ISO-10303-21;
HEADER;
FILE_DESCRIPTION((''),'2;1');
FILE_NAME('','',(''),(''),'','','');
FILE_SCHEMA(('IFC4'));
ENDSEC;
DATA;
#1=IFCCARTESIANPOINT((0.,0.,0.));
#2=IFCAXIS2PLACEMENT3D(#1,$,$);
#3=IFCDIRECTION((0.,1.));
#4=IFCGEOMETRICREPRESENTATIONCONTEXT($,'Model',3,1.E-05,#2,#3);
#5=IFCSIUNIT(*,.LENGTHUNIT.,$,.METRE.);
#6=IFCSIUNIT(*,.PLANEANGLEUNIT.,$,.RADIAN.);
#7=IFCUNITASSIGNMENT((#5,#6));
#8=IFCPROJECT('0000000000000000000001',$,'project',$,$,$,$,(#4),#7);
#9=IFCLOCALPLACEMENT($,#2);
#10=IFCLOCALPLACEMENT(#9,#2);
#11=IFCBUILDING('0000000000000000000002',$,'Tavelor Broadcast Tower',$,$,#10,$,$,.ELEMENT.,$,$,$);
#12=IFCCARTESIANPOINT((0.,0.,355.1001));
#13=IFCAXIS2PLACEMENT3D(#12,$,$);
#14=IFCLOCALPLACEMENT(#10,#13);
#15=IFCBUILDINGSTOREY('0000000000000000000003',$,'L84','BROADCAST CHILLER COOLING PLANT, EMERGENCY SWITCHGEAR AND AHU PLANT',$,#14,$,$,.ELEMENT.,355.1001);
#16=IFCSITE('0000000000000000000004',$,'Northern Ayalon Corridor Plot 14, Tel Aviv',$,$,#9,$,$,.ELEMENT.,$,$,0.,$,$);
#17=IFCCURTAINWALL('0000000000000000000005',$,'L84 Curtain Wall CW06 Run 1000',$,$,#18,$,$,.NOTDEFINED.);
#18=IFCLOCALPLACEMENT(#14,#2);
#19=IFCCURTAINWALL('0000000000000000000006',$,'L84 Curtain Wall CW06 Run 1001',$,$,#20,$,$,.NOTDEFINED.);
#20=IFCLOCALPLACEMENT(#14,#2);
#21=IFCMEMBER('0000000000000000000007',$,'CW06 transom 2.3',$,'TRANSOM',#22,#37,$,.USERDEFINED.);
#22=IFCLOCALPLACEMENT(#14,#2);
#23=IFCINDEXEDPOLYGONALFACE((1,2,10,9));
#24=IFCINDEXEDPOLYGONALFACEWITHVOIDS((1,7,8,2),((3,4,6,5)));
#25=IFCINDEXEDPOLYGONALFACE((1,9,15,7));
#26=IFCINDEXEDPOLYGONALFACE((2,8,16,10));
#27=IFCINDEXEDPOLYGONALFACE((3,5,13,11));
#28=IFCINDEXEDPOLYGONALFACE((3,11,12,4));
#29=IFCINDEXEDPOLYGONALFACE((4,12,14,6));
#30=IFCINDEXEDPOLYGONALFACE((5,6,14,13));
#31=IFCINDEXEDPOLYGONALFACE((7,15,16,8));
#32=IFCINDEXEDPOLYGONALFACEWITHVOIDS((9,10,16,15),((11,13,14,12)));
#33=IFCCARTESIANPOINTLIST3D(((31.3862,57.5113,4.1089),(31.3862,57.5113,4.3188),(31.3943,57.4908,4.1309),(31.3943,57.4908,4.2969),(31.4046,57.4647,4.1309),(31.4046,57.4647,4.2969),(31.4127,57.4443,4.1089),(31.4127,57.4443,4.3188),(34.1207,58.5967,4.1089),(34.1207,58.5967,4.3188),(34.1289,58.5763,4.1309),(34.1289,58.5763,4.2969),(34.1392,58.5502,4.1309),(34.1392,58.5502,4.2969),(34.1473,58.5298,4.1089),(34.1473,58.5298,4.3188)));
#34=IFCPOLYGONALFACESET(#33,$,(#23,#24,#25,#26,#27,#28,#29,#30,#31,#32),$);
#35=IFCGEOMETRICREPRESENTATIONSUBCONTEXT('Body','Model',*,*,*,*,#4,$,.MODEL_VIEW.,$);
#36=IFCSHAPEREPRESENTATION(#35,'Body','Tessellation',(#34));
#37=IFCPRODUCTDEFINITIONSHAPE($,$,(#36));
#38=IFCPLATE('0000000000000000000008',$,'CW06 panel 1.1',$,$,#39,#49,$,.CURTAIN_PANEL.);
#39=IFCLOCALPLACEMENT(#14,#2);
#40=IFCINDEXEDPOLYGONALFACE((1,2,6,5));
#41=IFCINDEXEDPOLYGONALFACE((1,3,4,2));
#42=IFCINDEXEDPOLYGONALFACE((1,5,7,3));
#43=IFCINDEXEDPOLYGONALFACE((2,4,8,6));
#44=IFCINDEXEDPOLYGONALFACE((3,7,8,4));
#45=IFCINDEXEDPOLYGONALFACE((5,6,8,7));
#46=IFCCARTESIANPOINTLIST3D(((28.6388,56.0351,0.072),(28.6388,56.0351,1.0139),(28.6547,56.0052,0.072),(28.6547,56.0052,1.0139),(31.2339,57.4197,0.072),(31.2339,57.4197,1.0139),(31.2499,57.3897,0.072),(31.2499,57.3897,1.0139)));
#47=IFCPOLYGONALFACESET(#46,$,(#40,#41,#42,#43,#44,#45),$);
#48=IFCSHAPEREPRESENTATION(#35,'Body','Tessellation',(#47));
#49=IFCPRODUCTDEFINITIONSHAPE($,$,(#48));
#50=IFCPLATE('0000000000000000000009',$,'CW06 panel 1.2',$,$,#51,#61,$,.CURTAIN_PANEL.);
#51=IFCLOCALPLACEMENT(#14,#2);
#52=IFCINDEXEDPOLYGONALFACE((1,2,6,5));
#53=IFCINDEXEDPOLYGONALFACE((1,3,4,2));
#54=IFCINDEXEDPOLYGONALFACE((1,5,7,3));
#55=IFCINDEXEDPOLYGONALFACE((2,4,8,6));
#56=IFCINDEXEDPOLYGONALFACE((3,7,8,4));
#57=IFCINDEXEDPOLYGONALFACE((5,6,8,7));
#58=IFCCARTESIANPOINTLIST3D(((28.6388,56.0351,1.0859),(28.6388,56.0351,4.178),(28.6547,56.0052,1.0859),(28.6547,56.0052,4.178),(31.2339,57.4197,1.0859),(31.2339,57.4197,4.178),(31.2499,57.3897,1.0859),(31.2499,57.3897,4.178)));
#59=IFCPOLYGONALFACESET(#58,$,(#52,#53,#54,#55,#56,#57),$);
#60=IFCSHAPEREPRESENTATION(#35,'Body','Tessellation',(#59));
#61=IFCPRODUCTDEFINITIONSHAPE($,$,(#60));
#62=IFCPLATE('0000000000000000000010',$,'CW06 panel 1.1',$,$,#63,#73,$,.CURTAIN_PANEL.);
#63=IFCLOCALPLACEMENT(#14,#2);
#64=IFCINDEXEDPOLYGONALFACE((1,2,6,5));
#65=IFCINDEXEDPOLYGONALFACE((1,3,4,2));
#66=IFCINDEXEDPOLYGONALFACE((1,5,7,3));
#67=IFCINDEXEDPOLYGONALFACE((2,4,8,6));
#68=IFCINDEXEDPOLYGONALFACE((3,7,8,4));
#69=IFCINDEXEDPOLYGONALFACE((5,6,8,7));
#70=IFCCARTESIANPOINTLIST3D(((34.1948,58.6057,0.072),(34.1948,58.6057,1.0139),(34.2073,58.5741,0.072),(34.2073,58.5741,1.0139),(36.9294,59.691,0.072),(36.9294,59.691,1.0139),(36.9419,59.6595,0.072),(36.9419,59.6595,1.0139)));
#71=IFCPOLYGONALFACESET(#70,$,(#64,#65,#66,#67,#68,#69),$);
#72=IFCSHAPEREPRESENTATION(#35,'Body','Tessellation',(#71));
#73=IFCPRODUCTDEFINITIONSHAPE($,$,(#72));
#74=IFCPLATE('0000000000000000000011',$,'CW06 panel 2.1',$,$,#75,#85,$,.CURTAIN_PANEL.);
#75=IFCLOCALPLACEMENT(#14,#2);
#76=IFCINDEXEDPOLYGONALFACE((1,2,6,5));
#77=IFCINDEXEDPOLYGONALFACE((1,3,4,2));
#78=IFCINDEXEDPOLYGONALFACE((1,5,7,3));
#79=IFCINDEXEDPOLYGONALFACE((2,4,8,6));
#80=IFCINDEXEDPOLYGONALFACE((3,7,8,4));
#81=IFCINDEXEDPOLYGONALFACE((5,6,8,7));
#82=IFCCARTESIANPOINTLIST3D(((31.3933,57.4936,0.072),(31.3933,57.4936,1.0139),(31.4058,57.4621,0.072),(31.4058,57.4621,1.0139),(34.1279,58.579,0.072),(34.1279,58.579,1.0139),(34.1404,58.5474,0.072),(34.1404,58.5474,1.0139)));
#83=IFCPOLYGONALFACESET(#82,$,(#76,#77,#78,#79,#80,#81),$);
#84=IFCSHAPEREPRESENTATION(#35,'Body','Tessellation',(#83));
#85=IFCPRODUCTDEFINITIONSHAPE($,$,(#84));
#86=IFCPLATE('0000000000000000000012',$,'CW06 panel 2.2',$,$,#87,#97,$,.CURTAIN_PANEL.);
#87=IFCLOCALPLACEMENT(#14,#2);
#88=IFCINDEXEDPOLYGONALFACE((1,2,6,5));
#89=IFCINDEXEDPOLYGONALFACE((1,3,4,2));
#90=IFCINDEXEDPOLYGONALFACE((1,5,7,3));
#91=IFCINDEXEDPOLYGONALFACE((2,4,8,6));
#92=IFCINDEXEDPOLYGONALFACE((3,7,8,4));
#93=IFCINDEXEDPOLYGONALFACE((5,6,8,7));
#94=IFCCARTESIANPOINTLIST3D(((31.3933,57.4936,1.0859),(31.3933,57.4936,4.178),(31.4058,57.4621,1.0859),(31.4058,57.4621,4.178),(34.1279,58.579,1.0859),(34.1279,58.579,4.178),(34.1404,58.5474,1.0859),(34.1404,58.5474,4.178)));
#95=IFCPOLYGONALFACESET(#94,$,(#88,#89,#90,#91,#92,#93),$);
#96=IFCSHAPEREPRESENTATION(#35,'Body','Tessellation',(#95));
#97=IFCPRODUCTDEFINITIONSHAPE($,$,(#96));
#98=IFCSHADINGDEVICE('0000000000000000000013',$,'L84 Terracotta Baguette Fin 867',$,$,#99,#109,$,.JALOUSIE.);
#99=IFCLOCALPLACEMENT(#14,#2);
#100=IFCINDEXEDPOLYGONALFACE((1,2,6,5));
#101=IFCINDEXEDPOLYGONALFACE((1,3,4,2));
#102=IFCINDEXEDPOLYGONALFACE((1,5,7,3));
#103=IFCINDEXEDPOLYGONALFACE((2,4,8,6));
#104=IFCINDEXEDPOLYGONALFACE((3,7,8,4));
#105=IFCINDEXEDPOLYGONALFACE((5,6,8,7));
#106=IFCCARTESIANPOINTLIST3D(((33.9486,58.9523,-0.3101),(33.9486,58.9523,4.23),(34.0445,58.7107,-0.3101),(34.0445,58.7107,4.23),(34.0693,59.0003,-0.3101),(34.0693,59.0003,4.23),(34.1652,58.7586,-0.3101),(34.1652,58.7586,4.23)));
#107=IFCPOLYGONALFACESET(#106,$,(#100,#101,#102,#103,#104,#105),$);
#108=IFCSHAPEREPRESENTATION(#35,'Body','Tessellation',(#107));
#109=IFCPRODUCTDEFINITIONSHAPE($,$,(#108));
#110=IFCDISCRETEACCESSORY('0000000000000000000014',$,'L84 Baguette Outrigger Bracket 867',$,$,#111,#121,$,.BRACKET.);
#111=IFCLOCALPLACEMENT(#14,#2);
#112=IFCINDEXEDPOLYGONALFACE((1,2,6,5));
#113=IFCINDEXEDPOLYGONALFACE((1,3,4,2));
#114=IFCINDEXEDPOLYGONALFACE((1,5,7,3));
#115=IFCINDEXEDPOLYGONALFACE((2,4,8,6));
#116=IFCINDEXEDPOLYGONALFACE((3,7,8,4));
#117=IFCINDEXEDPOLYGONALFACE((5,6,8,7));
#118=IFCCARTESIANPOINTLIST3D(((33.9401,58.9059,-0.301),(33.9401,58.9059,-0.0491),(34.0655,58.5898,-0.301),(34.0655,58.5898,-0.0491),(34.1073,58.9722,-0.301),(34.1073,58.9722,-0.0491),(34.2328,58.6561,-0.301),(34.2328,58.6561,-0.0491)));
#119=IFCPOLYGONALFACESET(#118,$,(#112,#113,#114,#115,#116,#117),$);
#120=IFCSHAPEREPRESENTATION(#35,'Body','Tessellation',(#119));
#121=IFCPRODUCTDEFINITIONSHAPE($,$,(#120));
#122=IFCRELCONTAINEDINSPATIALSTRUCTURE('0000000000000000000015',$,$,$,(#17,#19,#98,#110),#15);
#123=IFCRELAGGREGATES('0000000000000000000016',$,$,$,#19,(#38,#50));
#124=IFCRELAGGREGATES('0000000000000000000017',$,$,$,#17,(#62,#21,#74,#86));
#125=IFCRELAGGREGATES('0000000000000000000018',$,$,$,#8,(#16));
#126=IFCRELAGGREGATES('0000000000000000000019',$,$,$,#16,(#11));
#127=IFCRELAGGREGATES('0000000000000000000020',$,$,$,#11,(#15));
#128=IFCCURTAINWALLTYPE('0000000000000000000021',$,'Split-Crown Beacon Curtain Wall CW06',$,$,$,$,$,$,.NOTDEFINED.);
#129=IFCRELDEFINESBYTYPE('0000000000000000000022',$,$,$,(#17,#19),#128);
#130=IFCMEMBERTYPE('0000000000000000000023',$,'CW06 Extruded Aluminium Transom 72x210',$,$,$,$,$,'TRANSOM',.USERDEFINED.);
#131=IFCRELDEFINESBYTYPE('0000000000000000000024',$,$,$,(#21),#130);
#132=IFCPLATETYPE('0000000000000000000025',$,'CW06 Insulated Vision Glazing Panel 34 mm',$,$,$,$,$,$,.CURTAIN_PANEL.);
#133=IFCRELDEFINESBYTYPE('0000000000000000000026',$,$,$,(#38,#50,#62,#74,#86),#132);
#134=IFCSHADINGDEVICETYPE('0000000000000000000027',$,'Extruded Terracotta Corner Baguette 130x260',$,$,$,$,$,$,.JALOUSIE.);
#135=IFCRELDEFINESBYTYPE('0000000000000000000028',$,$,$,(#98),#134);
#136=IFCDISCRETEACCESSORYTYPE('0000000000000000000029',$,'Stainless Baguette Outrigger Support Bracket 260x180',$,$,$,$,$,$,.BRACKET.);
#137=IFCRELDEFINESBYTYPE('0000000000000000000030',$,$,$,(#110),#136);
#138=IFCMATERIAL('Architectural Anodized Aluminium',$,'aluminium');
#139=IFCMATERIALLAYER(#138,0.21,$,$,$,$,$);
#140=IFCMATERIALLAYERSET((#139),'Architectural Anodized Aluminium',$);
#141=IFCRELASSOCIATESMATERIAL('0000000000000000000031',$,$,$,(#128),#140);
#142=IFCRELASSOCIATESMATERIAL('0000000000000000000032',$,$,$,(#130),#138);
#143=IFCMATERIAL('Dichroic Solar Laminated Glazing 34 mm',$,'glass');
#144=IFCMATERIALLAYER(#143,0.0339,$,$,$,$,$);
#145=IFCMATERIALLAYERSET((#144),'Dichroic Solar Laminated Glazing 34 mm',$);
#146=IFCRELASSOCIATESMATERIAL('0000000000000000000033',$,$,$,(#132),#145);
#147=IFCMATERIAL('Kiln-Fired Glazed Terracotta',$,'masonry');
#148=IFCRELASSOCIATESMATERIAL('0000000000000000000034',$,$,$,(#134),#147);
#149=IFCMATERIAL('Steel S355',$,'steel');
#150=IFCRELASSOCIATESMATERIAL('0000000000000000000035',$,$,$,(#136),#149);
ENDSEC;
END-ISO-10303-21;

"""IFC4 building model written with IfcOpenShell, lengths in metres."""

from ifc_helpers import new_model, si_unit, direction, frame, origin, origin_2d, place, context, subcontext, project, spatial, rectangle, hollow_rectangle, extrude, source, transform, mapped, material, layer, layer_set, material_profile, profile_set, type_object, type_shapes, element, aggregate, save


model = new_model("IFC4")

# Units and contexts
model_context = context("Model", 3, precision=1e-05, world=origin(), true_north=direction((0.0, 1.0)))
body_context = subcontext(model_context, "Body", "Model", "MODEL_VIEW")
ifc_project = project(units=[si_unit("LENGTHUNIT", "METRE"), si_unit("PLANEANGLEUNIT", "RADIAN")], contexts=[model_context])

# Site, building, storey
site_placement = place(None, origin())
site = spatial("IfcSite", under=ifc_project, at=site_placement, Name="Northern Ayalon Corridor Plot 14, Tel Aviv", CompositionType="ELEMENT", RefElevation=0.0)
building_placement = place(site_placement, origin())
building = spatial("IfcBuilding", under=site, at=building_placement, Name="Tavelor Broadcast Tower", CompositionType="ELEMENT")
storey_placement = place(building_placement, frame((0.0, 0.0, 355.1001)))
storey = spatial("IfcBuildingStorey", under=building, at=storey_placement, Name="L84", Description="BROADCAST CHILLER COOLING PLANT, EMERGENCY SWITCHGEAR AND AHU PLANT", CompositionType="ELEMENT", Elevation=355.1001)

# Curtain walls
ifc_material_1 = material(Name="Architectural Anodized Aluminium", Category="aluminium")
ifc_layer_1 = layer(ifc_material_1, 0.21)
ifc_layer_set_1 = layer_set([ifc_layer_1], Name="Architectural Anodized Aluminium")
curtain_wall_type = type_object("IfcCurtainWallType", Name="Split-Crown Beacon Curtain Wall CW06", PredefinedType="NOTDEFINED", material=ifc_layer_set_1)
curtain_wall_1_placement = place(storey_placement, origin())
curtain_wall_1 = element("IfcCurtainWall", 1, at=curtain_wall_1_placement, inside=storey, type_object=curtain_wall_type, Name="L84 Curtain Wall CW06 Run 1000", PredefinedType="NOTDEFINED")
curtain_wall_2_placement = place(storey_placement, origin())
curtain_wall_2 = element("IfcCurtainWall", 2, at=curtain_wall_2_placement, inside=storey, type_object=curtain_wall_type, Name="L84 Curtain Wall CW06 Run 1001", PredefinedType="NOTDEFINED")
ifc_material_profile_1 = material_profile(ifc_material_1, hollow_rectangle(XDim=0.072, YDim=0.21, WallThickness=0.022, at=origin_2d()), Name="RHS 72x210x22")
ifc_profile_set_1 = profile_set([ifc_material_profile_1], Name="Architectural Anodized Aluminium")
member_type_1 = type_object("IfcMemberType", Name="CW06 Extruded Aluminium Transom 72x210", ElementType="TRANSOM", PredefinedType="USERDEFINED", material=ifc_profile_set_1)

# Member
shared_shape_1 = source(origin(), body_context, "Body", "SweptSolid", [
    extrude(hollow_rectangle(XDim=0.072, YDim=0.21, WallThickness=0.022, at=origin_2d()), origin(), (0.0, 0.0, 1.0), 2.9421),
])
member_1_placement = place(storey_placement, frame((34.134, 58.5632, 4.2139), z_axis=(-0.929458, -0.368929, 0.0), x_axis=(0.368929, -0.929458, 0.0)))
member_1 = element("IfcMember", 3, at=member_1_placement, type_object=member_type_1, Name="CW06 transom 2.3", ObjectType="TRANSOM", PredefinedType="USERDEFINED", context=body_context, shape_type="MappedRepresentation", body=[
    mapped(shared_shape_1, transform((0.0, 0.0, 0.0), scale=1.0)),
])

# Plates
ifc_material_2 = material(Name="Dichroic Solar Laminated Glazing 34 mm", Category="glass")
ifc_layer_2 = layer(ifc_material_2, 0.0339)
ifc_layer_set_2 = layer_set([ifc_layer_2], Name="Dichroic Solar Laminated Glazing 34 mm")
plate_type = type_object("IfcPlateType", Name="CW06 Insulated Vision Glazing Panel 34 mm", PredefinedType="CURTAIN_PANEL", material=ifc_layer_set_2)
shared_shape_2 = source(origin(), body_context, "Body", "SweptSolid", [
    extrude(rectangle(XDim=2.9414, YDim=0.0339, at=origin_2d()), origin(), (0.0, 0.0, 1.0), 0.9419),
])
plate_1_placement = place(storey_placement, frame((29.9443, 56.7124, 0.072), z_axis=(0.0, 0.0, 1.0), x_axis=(-0.882286, -0.470713, 0.0)))
plate_1 = element("IfcPlate", 4, at=plate_1_placement, type_object=plate_type, Name="CW06 panel 1.1", PredefinedType="CURTAIN_PANEL", context=body_context, shape_type="MappedRepresentation", body=[
    mapped(shared_shape_2, transform((0.0, 0.0, 0.0), scale=1.0)),
])
shared_shape_3 = source(origin(), body_context, "Body", "SweptSolid", [
    extrude(rectangle(XDim=2.9414, YDim=0.0339, at=origin_2d()), origin(), (0.0, 0.0, 1.0), 3.092),
])
plate_2_placement = place(storey_placement, frame((29.9443, 56.7124, 1.0859), z_axis=(0.0, 0.0, 1.0), x_axis=(-0.882286, -0.470713, 0.0)))
plate_2 = element("IfcPlate", 5, at=plate_2_placement, type_object=plate_type, Name="CW06 panel 1.2", PredefinedType="CURTAIN_PANEL", context=body_context, shape_type="MappedRepresentation", body=[
    mapped(shared_shape_3, transform((0.0, 0.0, 0.0), scale=1.0)),
])
aggregate(curtain_wall_2, [plate_1, plate_2])
shared_shape_4 = source(origin(), body_context, "Body", "SweptSolid", [
    extrude(rectangle(XDim=2.9421, YDim=0.0339, at=origin_2d()), origin(), (0.0, 0.0, 1.0), 0.9419),
])
plate_3_placement = place(storey_placement, frame((35.5684, 59.1326, 0.072), z_axis=(0.0, 0.0, 1.0), x_axis=(-0.929468, -0.368902, 0.0)))
plate_3 = element("IfcPlate", 6, at=plate_3_placement, type_object=plate_type, Name="CW06 panel 1.1", PredefinedType="CURTAIN_PANEL", context=body_context, shape_type="MappedRepresentation", body=[
    mapped(shared_shape_4, transform((0.0, 0.0, 0.0), scale=1.0)),
])
plate_4_placement = place(storey_placement, frame((32.7668, 58.0205, 0.072), z_axis=(0.0, 0.0, 1.0), x_axis=(-0.929468, -0.368902, 0.0)))
plate_4 = element("IfcPlate", 7, at=plate_4_placement, type_object=plate_type, Name="CW06 panel 2.1", PredefinedType="CURTAIN_PANEL", context=body_context, shape_type="MappedRepresentation", body=[
    mapped(shared_shape_4, transform((0.0, 0.0, 0.0), scale=1.0)),
])
shared_shape_5 = source(origin(), body_context, "Body", "SweptSolid", [
    extrude(rectangle(XDim=2.9421, YDim=0.0339, at=origin_2d()), origin(), (0.0, 0.0, 1.0), 3.092),
])
type_shapes(plate_type, [shared_shape_2, shared_shape_3, shared_shape_4, shared_shape_5])
plate_5_placement = place(storey_placement, frame((32.7668, 58.0205, 1.0859), z_axis=(0.0, 0.0, 1.0), x_axis=(-0.929468, -0.368902, 0.0)))
plate_5 = element("IfcPlate", 8, at=plate_5_placement, type_object=plate_type, Name="CW06 panel 2.2", PredefinedType="CURTAIN_PANEL", context=body_context, shape_type="MappedRepresentation", body=[
    mapped(shared_shape_5, transform((0.0, 0.0, 0.0), scale=1.0)),
])
aggregate(curtain_wall_1, [plate_3, member_1, plate_4, plate_5])

# Shading device
ifc_material_3 = material(Name="Kiln-Fired Glazed Terracotta", Category="masonry")
shading_device_type = type_object("IfcShadingDeviceType", Name="Extruded Terracotta Corner Baguette 130x260", PredefinedType="JALOUSIE", material=ifc_material_3)
shared_shape_6 = source(origin(), body_context, "Body", "SweptSolid", [
    extrude(rectangle(XDim=0.1299, YDim=0.26, at=origin_2d()), origin(), (0.0, 0.0, 1.0), 4.54),
])
type_shapes(shading_device_type, [shared_shape_6])
shading_device_placement = place(storey_placement, frame((34.0569, 58.8555, -0.3101), z_axis=(0.0, 0.0, 1.0), x_axis=(-0.929455, -0.368936, 0.0)))
element("IfcShadingDevice", 9, at=shading_device_placement, inside=storey, type_object=shading_device_type, Name="L84 Terracotta Baguette Fin 867", PredefinedType="JALOUSIE", context=body_context, shape_type="MappedRepresentation", body=[
    mapped(shared_shape_6, transform((0.0, 0.0, 0.0), scale=1.0)),
])

# Discrete accessory
ifc_material_4 = material(Name="Steel S355", Category="steel")
discrete_accessory_type = type_object("IfcDiscreteAccessoryType", Name="Stainless Baguette Outrigger Support Bracket 260x180", PredefinedType="BRACKET", material=ifc_material_4)
shared_shape_7 = source(origin(), body_context, "Body", "SweptSolid", [
    extrude(rectangle(XDim=0.1799, YDim=0.3401, at=origin_2d()), origin(), (0.0, 0.0, 1.0), 0.252),
])
type_shapes(discrete_accessory_type, [shared_shape_7])
discrete_accessory_placement = place(storey_placement, frame((34.0864, 58.781, -0.301), z_axis=(0.0, 0.0, 1.0), x_axis=(-0.929455, -0.368936, 0.0)))
element("IfcDiscreteAccessory", 10, at=discrete_accessory_placement, inside=storey, type_object=discrete_accessory_type, Name="L84 Baguette Outrigger Bracket 867", PredefinedType="BRACKET", context=body_context, shape_type="MappedRepresentation", body=[
    mapped(shared_shape_7, transform((0.0, 0.0, 0.0), scale=1.0)),
])

save(model, "model.ifc")
